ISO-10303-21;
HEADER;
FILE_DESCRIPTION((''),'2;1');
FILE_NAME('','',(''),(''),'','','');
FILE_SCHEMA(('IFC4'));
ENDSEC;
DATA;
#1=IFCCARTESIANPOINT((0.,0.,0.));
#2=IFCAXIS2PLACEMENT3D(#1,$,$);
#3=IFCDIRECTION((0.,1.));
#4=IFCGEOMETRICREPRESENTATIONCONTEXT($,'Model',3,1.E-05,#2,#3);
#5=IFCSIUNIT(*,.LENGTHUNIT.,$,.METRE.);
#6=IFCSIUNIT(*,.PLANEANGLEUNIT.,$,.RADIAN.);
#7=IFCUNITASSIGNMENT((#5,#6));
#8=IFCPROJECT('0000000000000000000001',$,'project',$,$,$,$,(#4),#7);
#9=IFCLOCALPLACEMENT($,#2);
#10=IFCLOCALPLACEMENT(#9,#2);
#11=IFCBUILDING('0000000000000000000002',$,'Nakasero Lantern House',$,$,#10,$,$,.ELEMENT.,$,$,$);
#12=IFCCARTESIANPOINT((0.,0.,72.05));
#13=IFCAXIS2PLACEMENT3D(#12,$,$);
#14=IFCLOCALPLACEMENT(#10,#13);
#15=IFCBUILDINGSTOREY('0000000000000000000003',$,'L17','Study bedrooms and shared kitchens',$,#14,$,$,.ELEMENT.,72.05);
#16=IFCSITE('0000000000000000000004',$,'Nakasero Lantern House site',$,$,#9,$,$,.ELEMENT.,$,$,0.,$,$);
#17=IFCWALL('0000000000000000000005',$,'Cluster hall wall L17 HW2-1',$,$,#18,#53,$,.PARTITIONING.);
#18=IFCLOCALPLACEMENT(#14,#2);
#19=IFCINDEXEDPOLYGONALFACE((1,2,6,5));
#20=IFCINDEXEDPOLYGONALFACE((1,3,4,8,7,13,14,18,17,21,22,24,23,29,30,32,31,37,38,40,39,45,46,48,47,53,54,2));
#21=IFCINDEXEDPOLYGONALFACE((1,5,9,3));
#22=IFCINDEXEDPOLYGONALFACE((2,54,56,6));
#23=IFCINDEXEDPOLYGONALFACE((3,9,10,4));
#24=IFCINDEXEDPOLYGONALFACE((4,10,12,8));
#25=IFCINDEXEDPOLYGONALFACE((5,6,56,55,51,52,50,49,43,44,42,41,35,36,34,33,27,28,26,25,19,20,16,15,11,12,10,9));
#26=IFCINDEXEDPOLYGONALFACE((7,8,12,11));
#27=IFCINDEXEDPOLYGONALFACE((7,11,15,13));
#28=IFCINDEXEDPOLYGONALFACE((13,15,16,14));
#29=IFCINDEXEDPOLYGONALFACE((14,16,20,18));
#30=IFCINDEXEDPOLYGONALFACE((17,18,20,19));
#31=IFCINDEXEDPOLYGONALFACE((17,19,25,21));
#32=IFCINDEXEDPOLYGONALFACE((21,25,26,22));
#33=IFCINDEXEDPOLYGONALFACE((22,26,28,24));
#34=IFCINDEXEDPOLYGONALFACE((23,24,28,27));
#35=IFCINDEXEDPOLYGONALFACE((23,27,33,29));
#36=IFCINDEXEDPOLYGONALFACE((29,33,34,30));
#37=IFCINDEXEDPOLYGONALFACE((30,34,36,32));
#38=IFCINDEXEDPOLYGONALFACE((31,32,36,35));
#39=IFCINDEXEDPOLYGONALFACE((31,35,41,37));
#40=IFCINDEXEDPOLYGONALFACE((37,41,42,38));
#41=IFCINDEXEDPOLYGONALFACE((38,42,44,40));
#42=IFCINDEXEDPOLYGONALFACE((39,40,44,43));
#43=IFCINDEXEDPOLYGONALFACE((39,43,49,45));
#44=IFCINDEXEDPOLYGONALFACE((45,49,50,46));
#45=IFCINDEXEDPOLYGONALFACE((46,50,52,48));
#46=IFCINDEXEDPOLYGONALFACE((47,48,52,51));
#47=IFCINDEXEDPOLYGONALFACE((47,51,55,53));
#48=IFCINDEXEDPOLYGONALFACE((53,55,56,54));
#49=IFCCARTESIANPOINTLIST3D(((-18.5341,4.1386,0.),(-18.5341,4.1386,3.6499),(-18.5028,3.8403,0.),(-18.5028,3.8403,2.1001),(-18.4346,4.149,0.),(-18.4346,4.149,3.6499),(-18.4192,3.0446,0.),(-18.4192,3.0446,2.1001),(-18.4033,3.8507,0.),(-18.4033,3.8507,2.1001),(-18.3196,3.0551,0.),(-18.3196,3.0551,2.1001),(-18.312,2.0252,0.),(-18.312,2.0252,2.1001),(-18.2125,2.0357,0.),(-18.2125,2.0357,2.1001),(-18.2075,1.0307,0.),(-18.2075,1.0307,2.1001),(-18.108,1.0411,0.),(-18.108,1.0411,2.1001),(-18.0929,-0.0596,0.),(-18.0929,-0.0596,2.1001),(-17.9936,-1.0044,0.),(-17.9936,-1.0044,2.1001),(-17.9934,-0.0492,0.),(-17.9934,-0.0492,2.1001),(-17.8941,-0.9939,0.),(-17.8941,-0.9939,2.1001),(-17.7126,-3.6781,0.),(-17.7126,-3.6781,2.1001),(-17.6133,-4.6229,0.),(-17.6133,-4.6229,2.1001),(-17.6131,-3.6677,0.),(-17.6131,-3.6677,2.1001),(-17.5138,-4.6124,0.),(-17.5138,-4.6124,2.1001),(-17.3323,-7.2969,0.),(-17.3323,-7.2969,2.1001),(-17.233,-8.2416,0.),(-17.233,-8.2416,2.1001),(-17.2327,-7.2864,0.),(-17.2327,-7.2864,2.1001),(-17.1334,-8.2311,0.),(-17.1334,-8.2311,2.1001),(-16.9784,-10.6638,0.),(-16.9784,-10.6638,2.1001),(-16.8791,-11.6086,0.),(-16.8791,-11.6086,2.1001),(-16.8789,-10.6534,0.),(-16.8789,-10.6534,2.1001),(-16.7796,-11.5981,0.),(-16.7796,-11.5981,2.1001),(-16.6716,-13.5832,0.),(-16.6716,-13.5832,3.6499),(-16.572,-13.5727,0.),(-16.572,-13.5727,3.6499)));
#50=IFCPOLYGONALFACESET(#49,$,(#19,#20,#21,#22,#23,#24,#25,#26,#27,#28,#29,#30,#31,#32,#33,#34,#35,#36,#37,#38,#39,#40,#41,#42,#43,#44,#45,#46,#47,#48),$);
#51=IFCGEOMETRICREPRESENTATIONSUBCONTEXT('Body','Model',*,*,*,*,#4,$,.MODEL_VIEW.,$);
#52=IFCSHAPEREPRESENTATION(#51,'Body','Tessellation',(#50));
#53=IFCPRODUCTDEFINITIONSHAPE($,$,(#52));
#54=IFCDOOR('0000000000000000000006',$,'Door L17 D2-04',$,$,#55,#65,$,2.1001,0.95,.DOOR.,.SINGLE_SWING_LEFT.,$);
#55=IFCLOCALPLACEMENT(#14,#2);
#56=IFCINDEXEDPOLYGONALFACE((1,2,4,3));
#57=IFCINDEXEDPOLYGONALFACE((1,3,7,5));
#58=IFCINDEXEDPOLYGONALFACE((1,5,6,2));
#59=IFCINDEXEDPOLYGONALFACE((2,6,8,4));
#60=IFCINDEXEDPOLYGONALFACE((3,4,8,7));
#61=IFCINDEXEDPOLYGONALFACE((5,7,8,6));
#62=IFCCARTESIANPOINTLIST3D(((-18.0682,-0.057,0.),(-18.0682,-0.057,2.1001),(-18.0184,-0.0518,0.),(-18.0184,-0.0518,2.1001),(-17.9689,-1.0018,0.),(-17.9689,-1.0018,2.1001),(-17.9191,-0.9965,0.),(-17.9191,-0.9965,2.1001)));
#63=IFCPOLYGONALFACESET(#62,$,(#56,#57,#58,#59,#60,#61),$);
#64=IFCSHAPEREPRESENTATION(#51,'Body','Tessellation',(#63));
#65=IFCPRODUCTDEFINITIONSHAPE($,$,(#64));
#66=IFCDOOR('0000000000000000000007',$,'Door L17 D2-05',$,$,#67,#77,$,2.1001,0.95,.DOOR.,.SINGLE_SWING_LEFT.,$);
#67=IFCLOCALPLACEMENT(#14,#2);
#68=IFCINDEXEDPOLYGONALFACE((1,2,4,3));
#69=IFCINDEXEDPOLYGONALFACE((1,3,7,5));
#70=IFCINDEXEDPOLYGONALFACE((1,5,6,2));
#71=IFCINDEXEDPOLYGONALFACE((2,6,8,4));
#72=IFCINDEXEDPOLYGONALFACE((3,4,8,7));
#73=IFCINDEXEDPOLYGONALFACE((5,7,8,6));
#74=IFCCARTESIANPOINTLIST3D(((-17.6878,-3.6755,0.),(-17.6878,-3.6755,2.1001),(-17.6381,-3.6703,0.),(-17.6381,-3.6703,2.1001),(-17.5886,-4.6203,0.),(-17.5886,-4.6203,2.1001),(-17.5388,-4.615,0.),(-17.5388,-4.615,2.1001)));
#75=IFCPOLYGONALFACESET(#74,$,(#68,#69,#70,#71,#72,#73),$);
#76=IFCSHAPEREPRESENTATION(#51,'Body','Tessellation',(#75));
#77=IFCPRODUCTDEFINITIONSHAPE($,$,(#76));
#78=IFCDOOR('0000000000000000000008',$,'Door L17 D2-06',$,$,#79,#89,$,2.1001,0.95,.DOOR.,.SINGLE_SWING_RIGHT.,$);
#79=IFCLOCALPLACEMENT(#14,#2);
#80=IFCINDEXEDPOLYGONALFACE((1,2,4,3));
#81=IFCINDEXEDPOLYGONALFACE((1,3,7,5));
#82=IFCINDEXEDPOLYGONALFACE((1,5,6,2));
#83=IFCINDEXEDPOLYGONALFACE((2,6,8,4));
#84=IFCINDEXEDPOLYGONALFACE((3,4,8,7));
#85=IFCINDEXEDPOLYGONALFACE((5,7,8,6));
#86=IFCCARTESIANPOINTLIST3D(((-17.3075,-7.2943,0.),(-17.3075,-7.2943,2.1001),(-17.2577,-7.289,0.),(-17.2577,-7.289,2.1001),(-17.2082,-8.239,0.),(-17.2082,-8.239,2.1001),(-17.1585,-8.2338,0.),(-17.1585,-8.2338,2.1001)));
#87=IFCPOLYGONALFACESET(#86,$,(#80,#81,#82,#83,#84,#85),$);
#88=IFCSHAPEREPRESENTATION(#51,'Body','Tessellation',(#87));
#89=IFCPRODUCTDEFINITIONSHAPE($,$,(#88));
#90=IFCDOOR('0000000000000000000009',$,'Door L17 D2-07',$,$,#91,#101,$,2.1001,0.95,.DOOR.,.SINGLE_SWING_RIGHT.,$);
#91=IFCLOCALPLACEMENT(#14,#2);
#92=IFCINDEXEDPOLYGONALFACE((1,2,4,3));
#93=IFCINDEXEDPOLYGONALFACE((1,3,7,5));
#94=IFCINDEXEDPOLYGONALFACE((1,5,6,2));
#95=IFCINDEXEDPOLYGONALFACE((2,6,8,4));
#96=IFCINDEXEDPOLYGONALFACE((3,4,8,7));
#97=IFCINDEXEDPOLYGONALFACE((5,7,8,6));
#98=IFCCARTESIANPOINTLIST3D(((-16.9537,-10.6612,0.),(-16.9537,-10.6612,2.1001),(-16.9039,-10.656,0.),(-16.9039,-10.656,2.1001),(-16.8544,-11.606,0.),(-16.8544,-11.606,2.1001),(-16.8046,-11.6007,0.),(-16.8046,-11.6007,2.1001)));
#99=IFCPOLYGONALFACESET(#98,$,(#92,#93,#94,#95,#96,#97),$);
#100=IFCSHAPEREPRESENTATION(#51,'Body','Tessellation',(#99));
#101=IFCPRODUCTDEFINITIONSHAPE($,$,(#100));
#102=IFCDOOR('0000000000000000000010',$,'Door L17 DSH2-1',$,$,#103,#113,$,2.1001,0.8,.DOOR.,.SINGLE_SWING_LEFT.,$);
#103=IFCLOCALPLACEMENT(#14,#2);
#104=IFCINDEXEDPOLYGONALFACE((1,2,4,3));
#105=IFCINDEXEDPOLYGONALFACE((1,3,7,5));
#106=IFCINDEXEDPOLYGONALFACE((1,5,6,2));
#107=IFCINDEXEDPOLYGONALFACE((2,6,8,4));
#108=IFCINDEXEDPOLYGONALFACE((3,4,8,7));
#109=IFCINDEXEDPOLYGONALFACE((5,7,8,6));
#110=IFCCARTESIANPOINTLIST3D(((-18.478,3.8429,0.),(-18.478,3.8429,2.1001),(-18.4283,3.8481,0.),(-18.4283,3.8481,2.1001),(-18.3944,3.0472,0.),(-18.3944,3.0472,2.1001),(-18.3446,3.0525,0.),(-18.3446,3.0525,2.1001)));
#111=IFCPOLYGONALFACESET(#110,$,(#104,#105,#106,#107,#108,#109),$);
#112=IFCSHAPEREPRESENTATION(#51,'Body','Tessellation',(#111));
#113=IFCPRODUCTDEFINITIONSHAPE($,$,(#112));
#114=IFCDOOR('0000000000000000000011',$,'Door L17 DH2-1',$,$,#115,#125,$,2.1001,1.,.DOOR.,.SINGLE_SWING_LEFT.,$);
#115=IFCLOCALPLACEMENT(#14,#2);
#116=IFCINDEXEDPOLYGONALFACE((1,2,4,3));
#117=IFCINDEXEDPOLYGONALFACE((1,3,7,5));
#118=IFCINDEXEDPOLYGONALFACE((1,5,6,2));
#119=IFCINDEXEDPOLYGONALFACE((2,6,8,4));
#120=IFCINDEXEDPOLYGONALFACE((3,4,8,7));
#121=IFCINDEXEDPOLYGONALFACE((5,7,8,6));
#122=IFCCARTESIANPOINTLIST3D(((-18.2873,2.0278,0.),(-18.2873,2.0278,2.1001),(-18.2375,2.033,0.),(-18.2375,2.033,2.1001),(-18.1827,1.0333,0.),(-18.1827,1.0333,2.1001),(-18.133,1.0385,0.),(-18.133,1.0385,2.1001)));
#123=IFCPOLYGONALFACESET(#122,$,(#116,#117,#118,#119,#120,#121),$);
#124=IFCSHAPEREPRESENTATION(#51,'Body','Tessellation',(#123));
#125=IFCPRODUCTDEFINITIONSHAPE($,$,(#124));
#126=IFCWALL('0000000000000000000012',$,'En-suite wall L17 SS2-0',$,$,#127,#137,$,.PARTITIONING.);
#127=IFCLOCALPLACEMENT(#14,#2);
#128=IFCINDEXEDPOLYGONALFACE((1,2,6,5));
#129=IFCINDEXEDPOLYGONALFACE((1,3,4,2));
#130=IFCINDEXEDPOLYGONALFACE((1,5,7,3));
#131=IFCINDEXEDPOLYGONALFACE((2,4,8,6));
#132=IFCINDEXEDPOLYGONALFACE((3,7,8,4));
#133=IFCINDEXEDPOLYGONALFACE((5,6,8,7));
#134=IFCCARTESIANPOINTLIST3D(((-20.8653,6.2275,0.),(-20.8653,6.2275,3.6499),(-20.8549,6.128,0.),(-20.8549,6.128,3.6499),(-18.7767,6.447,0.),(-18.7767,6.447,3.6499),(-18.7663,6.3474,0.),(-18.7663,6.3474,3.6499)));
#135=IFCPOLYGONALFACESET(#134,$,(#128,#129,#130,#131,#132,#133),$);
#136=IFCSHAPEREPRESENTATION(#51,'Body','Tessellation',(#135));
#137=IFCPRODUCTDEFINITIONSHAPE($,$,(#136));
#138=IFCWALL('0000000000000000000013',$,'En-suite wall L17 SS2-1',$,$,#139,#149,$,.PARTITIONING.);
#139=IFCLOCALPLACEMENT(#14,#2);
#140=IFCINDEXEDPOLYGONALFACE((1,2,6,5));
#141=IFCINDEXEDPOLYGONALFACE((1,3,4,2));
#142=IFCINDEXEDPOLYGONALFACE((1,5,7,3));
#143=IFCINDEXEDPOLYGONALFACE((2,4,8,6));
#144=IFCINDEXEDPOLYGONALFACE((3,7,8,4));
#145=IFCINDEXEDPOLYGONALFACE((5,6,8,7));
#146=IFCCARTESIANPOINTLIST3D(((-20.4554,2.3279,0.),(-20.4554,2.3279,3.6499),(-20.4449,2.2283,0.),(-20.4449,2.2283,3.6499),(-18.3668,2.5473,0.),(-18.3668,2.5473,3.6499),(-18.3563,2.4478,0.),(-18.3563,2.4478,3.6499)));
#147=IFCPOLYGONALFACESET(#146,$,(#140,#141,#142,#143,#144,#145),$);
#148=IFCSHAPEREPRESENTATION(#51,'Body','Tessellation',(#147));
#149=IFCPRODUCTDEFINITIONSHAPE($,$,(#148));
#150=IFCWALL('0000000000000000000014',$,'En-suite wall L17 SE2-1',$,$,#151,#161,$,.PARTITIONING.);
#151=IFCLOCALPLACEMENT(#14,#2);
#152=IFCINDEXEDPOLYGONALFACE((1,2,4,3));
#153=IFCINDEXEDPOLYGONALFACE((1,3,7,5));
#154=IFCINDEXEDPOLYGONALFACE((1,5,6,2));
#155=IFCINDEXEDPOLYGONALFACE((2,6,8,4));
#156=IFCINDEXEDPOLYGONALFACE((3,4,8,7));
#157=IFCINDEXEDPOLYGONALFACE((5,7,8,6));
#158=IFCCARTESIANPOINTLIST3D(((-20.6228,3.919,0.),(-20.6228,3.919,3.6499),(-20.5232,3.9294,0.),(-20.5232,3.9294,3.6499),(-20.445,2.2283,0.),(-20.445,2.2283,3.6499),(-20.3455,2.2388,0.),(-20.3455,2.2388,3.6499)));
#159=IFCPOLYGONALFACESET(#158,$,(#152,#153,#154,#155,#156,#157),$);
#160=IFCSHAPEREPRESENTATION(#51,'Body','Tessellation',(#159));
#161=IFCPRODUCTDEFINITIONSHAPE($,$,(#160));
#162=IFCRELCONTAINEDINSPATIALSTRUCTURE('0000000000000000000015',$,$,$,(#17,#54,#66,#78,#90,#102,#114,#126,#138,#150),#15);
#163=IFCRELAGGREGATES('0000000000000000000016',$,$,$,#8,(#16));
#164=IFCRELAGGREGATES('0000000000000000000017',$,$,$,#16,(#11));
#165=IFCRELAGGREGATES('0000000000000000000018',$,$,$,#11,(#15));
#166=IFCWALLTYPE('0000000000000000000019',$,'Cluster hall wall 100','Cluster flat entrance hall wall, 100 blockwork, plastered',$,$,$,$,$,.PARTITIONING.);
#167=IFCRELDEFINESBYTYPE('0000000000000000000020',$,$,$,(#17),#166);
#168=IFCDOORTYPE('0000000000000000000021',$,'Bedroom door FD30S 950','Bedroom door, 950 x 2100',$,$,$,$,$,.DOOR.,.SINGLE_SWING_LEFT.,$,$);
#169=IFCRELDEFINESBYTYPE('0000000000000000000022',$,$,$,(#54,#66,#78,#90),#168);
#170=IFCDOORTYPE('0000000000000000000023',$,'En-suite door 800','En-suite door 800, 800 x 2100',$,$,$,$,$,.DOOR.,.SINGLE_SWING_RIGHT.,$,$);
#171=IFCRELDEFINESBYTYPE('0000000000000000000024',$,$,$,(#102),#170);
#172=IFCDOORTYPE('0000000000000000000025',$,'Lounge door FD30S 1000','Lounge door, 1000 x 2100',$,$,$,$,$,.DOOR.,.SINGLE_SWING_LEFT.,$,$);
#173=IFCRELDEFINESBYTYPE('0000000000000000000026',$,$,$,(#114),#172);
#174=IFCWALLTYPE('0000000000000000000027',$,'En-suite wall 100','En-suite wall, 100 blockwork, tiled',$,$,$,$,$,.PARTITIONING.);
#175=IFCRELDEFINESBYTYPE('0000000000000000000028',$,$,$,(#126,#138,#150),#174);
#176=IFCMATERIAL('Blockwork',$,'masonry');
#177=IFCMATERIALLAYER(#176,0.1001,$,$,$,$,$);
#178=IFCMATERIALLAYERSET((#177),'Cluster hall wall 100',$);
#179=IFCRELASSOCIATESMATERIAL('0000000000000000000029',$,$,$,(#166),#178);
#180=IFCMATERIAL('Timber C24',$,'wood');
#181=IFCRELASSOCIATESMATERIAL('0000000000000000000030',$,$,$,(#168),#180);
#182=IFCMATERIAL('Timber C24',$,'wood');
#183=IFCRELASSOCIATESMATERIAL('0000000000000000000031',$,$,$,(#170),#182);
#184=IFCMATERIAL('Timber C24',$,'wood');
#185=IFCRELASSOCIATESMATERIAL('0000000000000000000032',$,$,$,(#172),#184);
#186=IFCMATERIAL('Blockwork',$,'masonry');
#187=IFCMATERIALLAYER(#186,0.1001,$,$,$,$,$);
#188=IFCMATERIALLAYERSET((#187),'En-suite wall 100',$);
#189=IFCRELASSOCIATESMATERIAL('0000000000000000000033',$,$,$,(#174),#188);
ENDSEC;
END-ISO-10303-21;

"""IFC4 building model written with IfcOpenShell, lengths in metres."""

from ifc_helpers import new_model, si_unit, direction, frame, frame_2d, origin, place, context, subcontext, project, spatial, rectangle, extrude, material, layer, layer_set, type_object, element, fill, save


model = new_model("IFC4")

# Units and contexts
model_context = context("Model", 3, precision=1e-05, world=origin(), true_north=direction((0.0, 1.0)))
body_context = subcontext(model_context, "Body", "Model", "MODEL_VIEW")
ifc_project = project(units=[si_unit("LENGTHUNIT", "METRE"), si_unit("PLANEANGLEUNIT", "RADIAN")], contexts=[model_context])

# Site, building, storey
site_placement = place(None, origin())
site = spatial("IfcSite", under=ifc_project, at=site_placement, Name="Nakasero Lantern House site", CompositionType="ELEMENT", RefElevation=0.0)
building_placement = place(site_placement, origin())
building = spatial("IfcBuilding", under=site, at=building_placement, Name="Nakasero Lantern House", CompositionType="ELEMENT")
storey_placement = place(building_placement, frame((0.0, 0.0, 72.05)))
storey = spatial("IfcBuildingStorey", under=building, at=storey_placement, Name="L17", Description="Study bedrooms and shared kitchens", CompositionType="ELEMENT", Elevation=72.05)

# Wall, openings, doors
ifc_material_1 = material(Name="Blockwork", Category="masonry")
ifc_layer_1 = layer(ifc_material_1, 0.1001)
ifc_layer_set_1 = layer_set([ifc_layer_1], Name="Cluster hall wall 100")
wall_type_1 = type_object("IfcWallType", Name="Cluster hall wall 100", Description="Cluster flat entrance hall wall, 100 blockwork, plastered", PredefinedType="PARTITIONING", material=ifc_layer_set_1)
wall_1_placement = place(storey_placement, frame((-18.4844, 4.1438, 0.0), z_axis=(0.0, 0.0, 1.0), x_axis=(0.104524, -0.994522, 0.0)))
wall_1 = element("IfcWall", 1, at=wall_1_placement, inside=storey, type_object=wall_type_1, Name="Cluster hall wall L17 HW2-1", PredefinedType="PARTITIONING", context=body_context, shape_type="SweptSolid", body=[
    extrude(rectangle(XDim=17.8193, YDim=0.1001, at=frame_2d((8.9097, 0.0))), origin(), (0.0, 0.0, 1.0), 3.6499),
])
opening_1_placement = place(wall_1_placement, frame((2.125, 0.0, 0.0)))
opening_1 = element("IfcOpeningElement", 2, at=opening_1_placement, cuts=wall_1, PredefinedType="OPENING", context=body_context, shape_type="SweptSolid", body=[
    extrude(rectangle(XDim=1.0, YDim=2.1001, at=frame_2d((0.5, 1.05))), frame((0.0, 0.0701, 0.0), z_axis=(0.0, -1.0, 0.0), x_axis=(1.0, 0.0, 0.0)), (0.0, 0.0, 1.0), 0.1401),
])
opening_2_placement = place(wall_1_placement, frame((0.3, 0.0, 0.0)))
opening_2 = element("IfcOpeningElement", 3, at=opening_2_placement, cuts=wall_1, PredefinedType="OPENING", context=body_context, shape_type="SweptSolid", body=[
    extrude(rectangle(XDim=0.8, YDim=2.1001, at=frame_2d((0.3999, 1.05))), frame((0.0, 0.0701, 0.0), z_axis=(0.0, -1.0, 0.0), x_axis=(1.0, 0.0, 0.0)), (0.0, 0.0, 1.0), 0.1401),
])
opening_3_placement = place(wall_1_placement, frame((4.2212, 0.0, 0.0)))
opening_3 = element("IfcOpeningElement", 4, at=opening_3_placement, cuts=wall_1, PredefinedType="OPENING", context=body_context, shape_type="SweptSolid", body=[
    extrude(rectangle(XDim=0.95, YDim=2.1001, at=frame_2d((0.4751, 1.05))), frame((0.0, 0.0701, 0.0), z_axis=(0.0, -1.0, 0.0), x_axis=(1.0, 0.0, 0.0)), (0.0, 0.0, 1.0), 0.1401),
])
opening_4_placement = place(wall_1_placement, frame((7.8596, 0.0, 0.0)))
opening_4 = element("IfcOpeningElement", 5, at=opening_4_placement, cuts=wall_1, PredefinedType="OPENING", context=body_context, shape_type="SweptSolid", body=[
    extrude(rectangle(XDim=0.95, YDim=2.1001, at=frame_2d((0.4751, 1.05))), frame((0.0, 0.0701, 0.0), z_axis=(0.0, -1.0, 0.0), x_axis=(1.0, 0.0, 0.0)), (0.0, 0.0, 1.0), 0.1401),
])
opening_5_placement = place(wall_1_placement, frame((11.4983, 0.0, 0.0)))
opening_5 = element("IfcOpeningElement", 6, at=opening_5_placement, cuts=wall_1, PredefinedType="OPENING", context=body_context, shape_type="SweptSolid", body=[
    extrude(rectangle(XDim=0.95, YDim=2.1001, at=frame_2d((0.4751, 1.05))), frame((0.0, 0.0701, 0.0), z_axis=(0.0, -1.0, 0.0), x_axis=(1.0, 0.0, 0.0)), (0.0, 0.0, 1.0), 0.1401),
])
opening_6_placement = place(wall_1_placement, frame((14.8838, 0.0, 0.0)))
opening_6 = element("IfcOpeningElement", 7, at=opening_6_placement, cuts=wall_1, PredefinedType="OPENING", context=body_context, shape_type="SweptSolid", body=[
    extrude(rectangle(XDim=0.95, YDim=2.1001, at=frame_2d((0.4751, 1.05))), frame((0.0, 0.0701, 0.0), z_axis=(0.0, -1.0, 0.0), x_axis=(1.0, 0.0, 0.0)), (0.0, 0.0, 1.0), 0.1401),
])
ifc_material_2 = material(Name="Timber C24", Category="wood")
door_type_1 = type_object("IfcDoorType", Name="Bedroom door FD30S 950", Description="Bedroom door, 950 x 2100", OperationType="SINGLE_SWING_LEFT", PredefinedType="DOOR", material=ifc_material_2)
door_1_placement = place(opening_3_placement, origin())
door_1 = element("IfcDoor", 8, at=door_1_placement, inside=storey, type_object=door_type_1, Name="Door L17 D2-04", OperationType="SINGLE_SWING_LEFT", OverallHeight=2.1001, OverallWidth=0.95, PredefinedType="DOOR", context=body_context, shape_type="SweptSolid", body=[
    extrude(rectangle(XDim=0.95, YDim=2.1001, at=frame_2d((0.4751, 1.05))), frame((0.0, 0.0249, 0.0), z_axis=(0.0, -1.0, 0.0), x_axis=(1.0, 0.0, 0.0)), (0.0, 0.0, 1.0), 0.05),
])
fill(opening_3, door_1)
door_2_placement = place(opening_4_placement, origin())
door_2 = element("IfcDoor", 9, at=door_2_placement, inside=storey, type_object=door_type_1, Name="Door L17 D2-05", OperationType="SINGLE_SWING_LEFT", OverallHeight=2.1001, OverallWidth=0.95, PredefinedType="DOOR", context=body_context, shape_type="SweptSolid", body=[
    extrude(rectangle(XDim=0.95, YDim=2.1001, at=frame_2d((0.4751, 1.05))), frame((0.0, 0.0249, 0.0), z_axis=(0.0, -1.0, 0.0), x_axis=(1.0, 0.0, 0.0)), (0.0, 0.0, 1.0), 0.05),
])
fill(opening_4, door_2)
door_3_placement = place(opening_5_placement, origin())
door_3 = element("IfcDoor", 10, at=door_3_placement, inside=storey, type_object=door_type_1, Name="Door L17 D2-06", OperationType="SINGLE_SWING_RIGHT", OverallHeight=2.1001, OverallWidth=0.95, PredefinedType="DOOR", context=body_context, shape_type="SweptSolid", body=[
    extrude(rectangle(XDim=0.95, YDim=2.1001, at=frame_2d((0.4751, 1.05))), frame((0.0, 0.0249, 0.0), z_axis=(0.0, -1.0, 0.0), x_axis=(1.0, 0.0, 0.0)), (0.0, 0.0, 1.0), 0.05),
])
fill(opening_5, door_3)
door_4_placement = place(opening_6_placement, origin())
door_4 = element("IfcDoor", 11, at=door_4_placement, inside=storey, type_object=door_type_1, Name="Door L17 D2-07", OperationType="SINGLE_SWING_RIGHT", OverallHeight=2.1001, OverallWidth=0.95, PredefinedType="DOOR", context=body_context, shape_type="SweptSolid", body=[
    extrude(rectangle(XDim=0.95, YDim=2.1001, at=frame_2d((0.4751, 1.05))), frame((0.0, 0.0249, 0.0), z_axis=(0.0, -1.0, 0.0), x_axis=(1.0, 0.0, 0.0)), (0.0, 0.0, 1.0), 0.05),
])
fill(opening_6, door_4)
ifc_material_3 = material(Name="Timber C24", Category="wood")
door_type_2 = type_object("IfcDoorType", Name="En-suite door 800", Description="En-suite door 800, 800 x 2100", OperationType="SINGLE_SWING_RIGHT", PredefinedType="DOOR", material=ifc_material_3)
door_5_placement = place(opening_2_placement, origin())
door_5 = element("IfcDoor", 12, at=door_5_placement, inside=storey, type_object=door_type_2, Name="Door L17 DSH2-1", OperationType="SINGLE_SWING_LEFT", OverallHeight=2.1001, OverallWidth=0.8, PredefinedType="DOOR", context=body_context, shape_type="SweptSolid", body=[
    extrude(rectangle(XDim=0.8, YDim=2.1001, at=frame_2d((0.3999, 1.05))), frame((0.0, 0.0249, 0.0), z_axis=(0.0, -1.0, 0.0), x_axis=(1.0, 0.0, 0.0)), (0.0, 0.0, 1.0), 0.05),
])
fill(opening_2, door_5)
ifc_material_4 = material(Name="Timber C24", Category="wood")
door_type_3 = type_object("IfcDoorType", Name="Lounge door FD30S 1000", Description="Lounge door, 1000 x 2100", OperationType="SINGLE_SWING_LEFT", PredefinedType="DOOR", material=ifc_material_4)
door_6_placement = place(opening_1_placement, origin())
door_6 = element("IfcDoor", 13, at=door_6_placement, inside=storey, type_object=door_type_3, Name="Door L17 DH2-1", OperationType="SINGLE_SWING_LEFT", OverallHeight=2.1001, OverallWidth=1.0, PredefinedType="DOOR", context=body_context, shape_type="SweptSolid", body=[
    extrude(rectangle(XDim=1.0, YDim=2.1001, at=frame_2d((0.5, 1.05))), frame((0.0, 0.0249, 0.0), z_axis=(0.0, -1.0, 0.0), x_axis=(1.0, 0.0, 0.0)), (0.0, 0.0, 1.0), 0.05),
])
fill(opening_1, door_6)

# Walls
ifc_material_5 = material(Name="Blockwork", Category="masonry")
ifc_layer_2 = layer(ifc_material_5, 0.1001)
ifc_layer_set_2 = layer_set([ifc_layer_2], Name="En-suite wall 100")
wall_type_2 = type_object("IfcWallType", Name="En-suite wall 100", Description="En-suite wall, 100 blockwork, tiled", PredefinedType="PARTITIONING", material=ifc_layer_set_2)
for number, where, z_axis, x_axis, name in (
    (14, (-18.7715, 6.3972, 0.0), (0.0, 0.0, 1.0), (-0.994524, -0.104509, 0.0), "En-suite wall L17 SS2-0"),
    (15, (-18.3616, 2.4976, 0.0), (0.0, 0.0, 1.0), (-0.994524, -0.104509, 0.0), "En-suite wall L17 SS2-1"),
):
    element("IfcWall", number, at=place(storey_placement, frame(where, z_axis=z_axis, x_axis=x_axis)), inside=storey, type_object=wall_type_2, Name=name, PredefinedType="PARTITIONING", context=body_context, shape_type="SweptSolid", body=[
        extrude(rectangle(XDim=2.1001, YDim=0.1001, at=frame_2d((1.05, 0.0))), origin(), (0.0, 0.0, 1.0), 3.6499),
    ])
wall_2_placement = place(storey_placement, frame((-20.573, 3.9243, 0.0), z_axis=(0.0, 0.0, 1.0), x_axis=(0.10455, -0.99452, 0.0)))
element("IfcWall", 16, at=wall_2_placement, inside=storey, type_object=wall_type_2, Name="En-suite wall L17 SE2-1", PredefinedType="PARTITIONING", context=body_context, shape_type="SweptSolid", body=[
    extrude(rectangle(XDim=1.7, YDim=0.1001, at=frame_2d((0.8501, 0.0))), origin(), (0.0, 0.0, 1.0), 3.6499),
])

save(model, "model.ifc")
